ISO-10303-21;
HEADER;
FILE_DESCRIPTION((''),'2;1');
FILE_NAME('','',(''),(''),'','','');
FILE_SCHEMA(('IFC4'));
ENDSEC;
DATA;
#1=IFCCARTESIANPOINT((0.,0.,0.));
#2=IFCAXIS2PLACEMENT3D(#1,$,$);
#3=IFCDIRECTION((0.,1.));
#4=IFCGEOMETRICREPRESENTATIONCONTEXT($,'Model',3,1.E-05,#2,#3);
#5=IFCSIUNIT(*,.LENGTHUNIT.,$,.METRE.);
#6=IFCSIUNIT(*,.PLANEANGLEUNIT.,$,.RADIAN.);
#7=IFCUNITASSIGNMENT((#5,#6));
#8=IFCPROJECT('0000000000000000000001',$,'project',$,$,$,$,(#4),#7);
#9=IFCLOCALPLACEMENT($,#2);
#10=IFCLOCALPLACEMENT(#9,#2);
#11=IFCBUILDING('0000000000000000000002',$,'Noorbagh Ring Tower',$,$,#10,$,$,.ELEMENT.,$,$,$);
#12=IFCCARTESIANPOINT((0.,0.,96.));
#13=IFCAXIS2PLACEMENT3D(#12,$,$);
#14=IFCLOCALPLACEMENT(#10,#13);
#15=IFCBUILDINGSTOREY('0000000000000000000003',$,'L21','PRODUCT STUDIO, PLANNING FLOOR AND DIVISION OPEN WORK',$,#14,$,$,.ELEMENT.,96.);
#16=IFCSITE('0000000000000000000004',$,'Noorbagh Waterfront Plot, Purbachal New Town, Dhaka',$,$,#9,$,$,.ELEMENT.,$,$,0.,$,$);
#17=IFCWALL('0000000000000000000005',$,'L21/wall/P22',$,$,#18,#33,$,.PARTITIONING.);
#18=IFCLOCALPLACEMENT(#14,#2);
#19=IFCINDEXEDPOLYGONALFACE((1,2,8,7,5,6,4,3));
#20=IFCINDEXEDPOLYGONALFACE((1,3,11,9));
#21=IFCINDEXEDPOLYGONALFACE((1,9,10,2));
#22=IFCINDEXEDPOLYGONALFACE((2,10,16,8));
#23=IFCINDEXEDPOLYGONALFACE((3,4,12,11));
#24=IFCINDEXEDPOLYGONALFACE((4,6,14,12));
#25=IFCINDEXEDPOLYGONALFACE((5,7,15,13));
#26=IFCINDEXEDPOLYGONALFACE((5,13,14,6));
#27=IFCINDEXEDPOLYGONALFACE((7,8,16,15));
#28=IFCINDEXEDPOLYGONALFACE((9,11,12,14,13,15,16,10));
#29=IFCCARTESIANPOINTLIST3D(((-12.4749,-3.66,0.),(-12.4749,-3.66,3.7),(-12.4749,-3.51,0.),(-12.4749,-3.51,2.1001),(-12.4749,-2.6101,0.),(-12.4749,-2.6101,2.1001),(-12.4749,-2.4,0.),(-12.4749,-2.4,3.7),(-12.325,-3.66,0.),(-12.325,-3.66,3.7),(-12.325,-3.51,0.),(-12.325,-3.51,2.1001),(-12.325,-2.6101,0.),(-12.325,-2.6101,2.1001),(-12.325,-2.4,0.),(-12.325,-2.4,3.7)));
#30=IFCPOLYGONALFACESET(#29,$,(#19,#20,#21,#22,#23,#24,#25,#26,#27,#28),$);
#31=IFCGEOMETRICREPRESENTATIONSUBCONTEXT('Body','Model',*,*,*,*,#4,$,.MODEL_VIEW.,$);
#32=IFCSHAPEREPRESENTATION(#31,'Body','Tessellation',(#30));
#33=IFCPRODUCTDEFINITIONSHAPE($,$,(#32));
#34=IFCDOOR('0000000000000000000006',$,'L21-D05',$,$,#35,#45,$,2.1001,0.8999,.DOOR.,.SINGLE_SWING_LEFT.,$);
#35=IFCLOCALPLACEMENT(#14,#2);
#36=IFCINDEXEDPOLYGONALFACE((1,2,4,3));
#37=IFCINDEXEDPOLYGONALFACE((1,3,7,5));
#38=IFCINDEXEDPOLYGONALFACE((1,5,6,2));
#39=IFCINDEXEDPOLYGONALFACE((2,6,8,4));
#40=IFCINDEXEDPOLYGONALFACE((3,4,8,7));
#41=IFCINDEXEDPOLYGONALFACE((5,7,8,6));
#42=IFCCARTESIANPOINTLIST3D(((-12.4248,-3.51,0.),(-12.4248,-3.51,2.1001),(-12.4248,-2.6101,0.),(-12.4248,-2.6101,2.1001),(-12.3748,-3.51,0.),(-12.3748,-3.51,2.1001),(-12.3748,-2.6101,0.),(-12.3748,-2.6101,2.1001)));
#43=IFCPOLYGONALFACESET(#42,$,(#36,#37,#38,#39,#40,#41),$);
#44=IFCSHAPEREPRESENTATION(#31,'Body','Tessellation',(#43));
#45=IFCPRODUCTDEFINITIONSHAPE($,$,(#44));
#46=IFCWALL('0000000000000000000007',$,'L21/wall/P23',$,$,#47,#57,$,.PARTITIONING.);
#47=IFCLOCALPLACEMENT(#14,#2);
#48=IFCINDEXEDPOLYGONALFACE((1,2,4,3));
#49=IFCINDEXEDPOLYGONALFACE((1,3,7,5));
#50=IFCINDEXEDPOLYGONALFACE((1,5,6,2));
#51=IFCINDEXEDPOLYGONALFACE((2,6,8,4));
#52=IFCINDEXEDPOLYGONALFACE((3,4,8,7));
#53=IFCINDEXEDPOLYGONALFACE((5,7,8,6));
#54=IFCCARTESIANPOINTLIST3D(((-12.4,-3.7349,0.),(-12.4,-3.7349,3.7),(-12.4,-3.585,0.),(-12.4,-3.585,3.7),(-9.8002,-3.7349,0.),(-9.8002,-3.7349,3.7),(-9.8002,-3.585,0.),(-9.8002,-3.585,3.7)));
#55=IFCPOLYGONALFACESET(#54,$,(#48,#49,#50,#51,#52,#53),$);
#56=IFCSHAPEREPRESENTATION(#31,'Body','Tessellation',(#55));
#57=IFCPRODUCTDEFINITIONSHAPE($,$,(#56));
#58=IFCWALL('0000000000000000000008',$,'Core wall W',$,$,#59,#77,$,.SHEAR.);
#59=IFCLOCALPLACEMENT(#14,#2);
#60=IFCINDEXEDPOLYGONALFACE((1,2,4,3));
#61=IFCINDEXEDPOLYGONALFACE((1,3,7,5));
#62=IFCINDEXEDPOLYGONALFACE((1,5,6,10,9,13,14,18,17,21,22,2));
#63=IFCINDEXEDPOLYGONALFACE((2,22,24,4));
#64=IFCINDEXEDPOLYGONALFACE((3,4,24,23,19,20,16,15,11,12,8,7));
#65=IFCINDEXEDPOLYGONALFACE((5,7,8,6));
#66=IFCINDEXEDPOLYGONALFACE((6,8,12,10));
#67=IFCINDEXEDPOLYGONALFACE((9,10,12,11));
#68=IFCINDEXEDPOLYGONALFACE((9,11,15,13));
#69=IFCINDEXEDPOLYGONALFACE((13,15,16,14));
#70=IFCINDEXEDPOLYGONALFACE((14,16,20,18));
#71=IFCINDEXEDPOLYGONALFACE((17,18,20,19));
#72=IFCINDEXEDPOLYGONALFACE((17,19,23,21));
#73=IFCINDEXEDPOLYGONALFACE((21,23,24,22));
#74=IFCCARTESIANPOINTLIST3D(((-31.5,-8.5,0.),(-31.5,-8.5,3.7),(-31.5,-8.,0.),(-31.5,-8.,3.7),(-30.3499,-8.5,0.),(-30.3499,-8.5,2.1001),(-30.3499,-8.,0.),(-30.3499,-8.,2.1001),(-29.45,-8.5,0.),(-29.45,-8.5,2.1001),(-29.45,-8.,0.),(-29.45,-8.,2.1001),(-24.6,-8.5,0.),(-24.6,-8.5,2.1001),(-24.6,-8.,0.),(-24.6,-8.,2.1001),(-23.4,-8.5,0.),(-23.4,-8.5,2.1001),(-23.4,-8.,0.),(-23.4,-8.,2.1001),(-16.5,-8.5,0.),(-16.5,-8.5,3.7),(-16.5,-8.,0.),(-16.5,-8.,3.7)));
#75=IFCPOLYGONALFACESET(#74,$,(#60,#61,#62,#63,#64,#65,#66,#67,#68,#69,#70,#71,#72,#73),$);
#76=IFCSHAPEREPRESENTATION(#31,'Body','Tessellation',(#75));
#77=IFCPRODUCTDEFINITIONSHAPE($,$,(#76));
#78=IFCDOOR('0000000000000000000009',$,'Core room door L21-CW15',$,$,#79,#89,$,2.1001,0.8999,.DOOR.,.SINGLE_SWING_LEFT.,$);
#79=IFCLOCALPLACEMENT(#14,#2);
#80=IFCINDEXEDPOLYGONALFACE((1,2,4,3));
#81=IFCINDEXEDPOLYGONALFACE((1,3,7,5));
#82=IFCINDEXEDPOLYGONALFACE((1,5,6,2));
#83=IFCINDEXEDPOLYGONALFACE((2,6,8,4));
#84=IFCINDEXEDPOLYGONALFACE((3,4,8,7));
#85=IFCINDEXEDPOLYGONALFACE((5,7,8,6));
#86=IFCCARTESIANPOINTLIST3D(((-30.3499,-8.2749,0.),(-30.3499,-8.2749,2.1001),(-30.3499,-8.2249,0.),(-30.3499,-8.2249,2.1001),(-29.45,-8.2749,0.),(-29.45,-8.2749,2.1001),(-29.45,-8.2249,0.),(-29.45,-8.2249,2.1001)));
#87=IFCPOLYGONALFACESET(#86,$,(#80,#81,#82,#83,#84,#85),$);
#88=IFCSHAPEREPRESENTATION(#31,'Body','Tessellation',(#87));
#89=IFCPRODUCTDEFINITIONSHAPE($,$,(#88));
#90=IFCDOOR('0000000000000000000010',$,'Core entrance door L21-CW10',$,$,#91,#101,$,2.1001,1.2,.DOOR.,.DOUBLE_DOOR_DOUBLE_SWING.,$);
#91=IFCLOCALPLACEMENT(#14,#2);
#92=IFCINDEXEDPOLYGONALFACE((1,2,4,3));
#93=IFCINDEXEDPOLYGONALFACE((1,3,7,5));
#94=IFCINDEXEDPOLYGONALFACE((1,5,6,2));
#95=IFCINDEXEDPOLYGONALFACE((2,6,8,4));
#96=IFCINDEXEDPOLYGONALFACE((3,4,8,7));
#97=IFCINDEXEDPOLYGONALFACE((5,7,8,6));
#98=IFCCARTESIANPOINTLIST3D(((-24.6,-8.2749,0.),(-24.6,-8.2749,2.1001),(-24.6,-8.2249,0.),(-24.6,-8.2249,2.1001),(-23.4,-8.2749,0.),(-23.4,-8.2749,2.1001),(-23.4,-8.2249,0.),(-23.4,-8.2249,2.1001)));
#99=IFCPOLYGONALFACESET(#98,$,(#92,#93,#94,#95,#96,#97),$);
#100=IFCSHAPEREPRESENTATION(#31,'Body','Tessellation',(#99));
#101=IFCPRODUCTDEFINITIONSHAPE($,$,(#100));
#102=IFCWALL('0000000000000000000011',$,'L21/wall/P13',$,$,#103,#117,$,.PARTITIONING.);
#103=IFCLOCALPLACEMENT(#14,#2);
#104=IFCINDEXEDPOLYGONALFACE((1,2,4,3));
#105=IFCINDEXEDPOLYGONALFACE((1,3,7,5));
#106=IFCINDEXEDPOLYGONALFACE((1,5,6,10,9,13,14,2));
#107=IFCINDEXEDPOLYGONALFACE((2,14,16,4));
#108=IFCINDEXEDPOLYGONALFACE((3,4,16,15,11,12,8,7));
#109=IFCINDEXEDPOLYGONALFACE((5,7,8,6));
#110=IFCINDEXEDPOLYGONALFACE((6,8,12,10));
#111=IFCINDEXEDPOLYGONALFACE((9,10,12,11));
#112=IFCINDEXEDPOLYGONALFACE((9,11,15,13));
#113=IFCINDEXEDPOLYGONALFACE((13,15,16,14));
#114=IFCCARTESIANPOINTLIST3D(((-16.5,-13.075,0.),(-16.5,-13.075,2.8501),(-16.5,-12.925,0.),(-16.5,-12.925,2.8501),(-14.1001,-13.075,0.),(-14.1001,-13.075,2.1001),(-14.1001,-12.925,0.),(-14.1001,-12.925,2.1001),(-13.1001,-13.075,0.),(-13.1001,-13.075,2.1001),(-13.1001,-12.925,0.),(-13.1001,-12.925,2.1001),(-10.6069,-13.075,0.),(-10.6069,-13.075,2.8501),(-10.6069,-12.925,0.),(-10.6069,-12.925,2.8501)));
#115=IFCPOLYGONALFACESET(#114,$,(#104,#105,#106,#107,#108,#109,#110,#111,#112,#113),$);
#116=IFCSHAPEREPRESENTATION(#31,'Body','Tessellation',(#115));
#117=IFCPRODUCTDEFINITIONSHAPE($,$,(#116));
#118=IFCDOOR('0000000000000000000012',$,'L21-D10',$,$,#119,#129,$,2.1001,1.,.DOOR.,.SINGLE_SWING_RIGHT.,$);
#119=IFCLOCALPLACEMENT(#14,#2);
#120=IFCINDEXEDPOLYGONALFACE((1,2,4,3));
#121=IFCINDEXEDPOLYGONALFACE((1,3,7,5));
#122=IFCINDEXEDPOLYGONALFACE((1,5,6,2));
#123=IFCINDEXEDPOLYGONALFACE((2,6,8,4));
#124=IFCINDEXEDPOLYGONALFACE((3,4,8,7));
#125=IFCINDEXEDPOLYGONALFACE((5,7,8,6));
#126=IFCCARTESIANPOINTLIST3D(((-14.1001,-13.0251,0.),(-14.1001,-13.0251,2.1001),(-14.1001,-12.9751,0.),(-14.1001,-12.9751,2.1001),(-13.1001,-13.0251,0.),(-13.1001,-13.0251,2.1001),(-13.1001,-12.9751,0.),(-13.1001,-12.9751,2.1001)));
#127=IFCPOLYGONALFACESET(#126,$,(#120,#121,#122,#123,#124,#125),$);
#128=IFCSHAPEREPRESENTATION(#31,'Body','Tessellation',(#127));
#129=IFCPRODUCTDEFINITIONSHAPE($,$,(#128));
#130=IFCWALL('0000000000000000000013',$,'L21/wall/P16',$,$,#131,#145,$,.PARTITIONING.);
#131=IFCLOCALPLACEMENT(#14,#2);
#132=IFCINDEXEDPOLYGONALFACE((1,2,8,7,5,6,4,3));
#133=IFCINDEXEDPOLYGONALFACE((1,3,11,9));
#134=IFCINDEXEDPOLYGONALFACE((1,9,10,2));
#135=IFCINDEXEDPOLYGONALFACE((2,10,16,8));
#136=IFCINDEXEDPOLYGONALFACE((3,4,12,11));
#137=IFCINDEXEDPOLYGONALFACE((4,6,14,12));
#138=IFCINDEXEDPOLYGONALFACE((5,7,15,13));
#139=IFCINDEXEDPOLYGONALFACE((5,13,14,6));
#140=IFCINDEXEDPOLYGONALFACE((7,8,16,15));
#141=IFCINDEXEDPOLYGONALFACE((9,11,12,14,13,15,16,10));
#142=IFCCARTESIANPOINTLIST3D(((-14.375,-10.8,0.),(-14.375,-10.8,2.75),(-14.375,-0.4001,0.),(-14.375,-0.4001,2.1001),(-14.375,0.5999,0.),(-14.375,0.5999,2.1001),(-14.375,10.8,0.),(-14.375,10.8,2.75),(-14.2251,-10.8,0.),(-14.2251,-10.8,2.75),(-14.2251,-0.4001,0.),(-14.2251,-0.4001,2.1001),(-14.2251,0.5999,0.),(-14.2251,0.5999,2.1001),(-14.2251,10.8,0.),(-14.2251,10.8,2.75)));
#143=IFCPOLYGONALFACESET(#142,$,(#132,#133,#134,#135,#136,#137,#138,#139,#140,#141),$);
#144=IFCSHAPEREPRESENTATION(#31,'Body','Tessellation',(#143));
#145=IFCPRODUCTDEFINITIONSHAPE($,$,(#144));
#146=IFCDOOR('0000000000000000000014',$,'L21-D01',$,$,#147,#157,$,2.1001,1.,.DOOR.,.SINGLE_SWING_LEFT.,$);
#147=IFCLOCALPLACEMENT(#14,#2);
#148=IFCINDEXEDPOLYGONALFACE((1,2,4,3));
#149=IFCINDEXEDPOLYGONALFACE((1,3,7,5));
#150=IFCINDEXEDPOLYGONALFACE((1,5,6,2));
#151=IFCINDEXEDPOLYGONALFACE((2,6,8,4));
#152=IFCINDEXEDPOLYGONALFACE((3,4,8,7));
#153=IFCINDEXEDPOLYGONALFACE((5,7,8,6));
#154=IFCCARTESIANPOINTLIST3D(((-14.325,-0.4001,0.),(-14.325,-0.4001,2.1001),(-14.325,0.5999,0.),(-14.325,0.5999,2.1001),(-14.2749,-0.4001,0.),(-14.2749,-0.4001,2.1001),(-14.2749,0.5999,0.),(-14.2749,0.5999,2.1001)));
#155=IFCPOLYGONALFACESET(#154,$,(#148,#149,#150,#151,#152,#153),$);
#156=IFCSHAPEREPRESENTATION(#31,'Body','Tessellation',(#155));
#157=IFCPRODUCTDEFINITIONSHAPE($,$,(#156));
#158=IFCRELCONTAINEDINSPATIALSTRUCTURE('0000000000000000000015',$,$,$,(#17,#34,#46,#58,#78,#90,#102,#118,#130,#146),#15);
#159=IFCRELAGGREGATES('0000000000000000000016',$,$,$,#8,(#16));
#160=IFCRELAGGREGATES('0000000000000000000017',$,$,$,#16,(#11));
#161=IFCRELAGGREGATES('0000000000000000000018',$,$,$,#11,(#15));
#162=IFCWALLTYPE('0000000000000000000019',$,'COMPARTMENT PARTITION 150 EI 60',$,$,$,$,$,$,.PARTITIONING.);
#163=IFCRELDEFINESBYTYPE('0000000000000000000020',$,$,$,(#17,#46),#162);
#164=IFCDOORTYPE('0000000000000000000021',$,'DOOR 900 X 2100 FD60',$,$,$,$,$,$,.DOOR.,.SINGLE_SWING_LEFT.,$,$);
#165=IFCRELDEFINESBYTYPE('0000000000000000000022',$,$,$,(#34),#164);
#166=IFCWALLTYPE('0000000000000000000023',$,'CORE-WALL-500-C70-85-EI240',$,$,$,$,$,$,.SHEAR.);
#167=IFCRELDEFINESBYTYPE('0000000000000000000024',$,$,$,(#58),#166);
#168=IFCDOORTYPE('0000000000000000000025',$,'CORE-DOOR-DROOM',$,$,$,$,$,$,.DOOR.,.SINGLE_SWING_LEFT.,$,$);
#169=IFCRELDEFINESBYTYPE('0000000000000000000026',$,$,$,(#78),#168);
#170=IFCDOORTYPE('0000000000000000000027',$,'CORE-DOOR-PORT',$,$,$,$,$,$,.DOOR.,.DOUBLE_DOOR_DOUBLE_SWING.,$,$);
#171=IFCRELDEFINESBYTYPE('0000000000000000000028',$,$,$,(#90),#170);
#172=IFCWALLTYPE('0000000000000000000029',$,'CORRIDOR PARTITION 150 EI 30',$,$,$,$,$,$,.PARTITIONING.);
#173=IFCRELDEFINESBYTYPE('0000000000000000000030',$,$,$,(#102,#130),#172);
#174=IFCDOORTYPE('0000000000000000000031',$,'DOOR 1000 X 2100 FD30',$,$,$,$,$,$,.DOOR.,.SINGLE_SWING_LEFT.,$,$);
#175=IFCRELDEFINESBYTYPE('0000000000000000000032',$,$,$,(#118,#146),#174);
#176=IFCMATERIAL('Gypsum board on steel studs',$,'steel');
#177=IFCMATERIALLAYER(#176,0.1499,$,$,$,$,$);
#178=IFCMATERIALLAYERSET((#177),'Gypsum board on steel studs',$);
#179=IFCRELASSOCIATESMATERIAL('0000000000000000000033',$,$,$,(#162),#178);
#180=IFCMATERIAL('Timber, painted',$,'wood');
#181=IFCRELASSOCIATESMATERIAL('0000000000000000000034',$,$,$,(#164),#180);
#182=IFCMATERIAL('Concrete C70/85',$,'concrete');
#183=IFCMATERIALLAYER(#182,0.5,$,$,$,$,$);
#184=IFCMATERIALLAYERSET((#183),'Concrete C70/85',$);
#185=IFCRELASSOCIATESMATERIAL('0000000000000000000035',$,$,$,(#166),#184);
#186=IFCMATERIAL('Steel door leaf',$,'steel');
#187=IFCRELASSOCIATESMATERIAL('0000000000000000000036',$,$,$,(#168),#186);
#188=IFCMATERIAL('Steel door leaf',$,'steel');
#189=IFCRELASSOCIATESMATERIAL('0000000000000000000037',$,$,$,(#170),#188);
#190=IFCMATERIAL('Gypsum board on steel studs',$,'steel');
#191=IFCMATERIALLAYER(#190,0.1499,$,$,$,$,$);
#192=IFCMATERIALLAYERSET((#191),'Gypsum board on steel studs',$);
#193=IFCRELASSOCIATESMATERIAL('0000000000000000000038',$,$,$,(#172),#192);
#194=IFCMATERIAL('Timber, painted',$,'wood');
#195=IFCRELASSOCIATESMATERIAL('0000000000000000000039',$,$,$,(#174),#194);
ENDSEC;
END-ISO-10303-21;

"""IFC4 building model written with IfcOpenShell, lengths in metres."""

from ifc_helpers import new_model, si_unit, direction, frame, frame_2d, origin, place, context, subcontext, project, spatial, rectangle, extrude, material, layer, layer_set, type_object, element, fill, save


model = new_model("IFC4")

# Units and contexts
model_context = context("Model", 3, precision=1e-05, world=origin(), true_north=direction((0.0, 1.0)))
body_context = subcontext(model_context, "Body", "Model", "MODEL_VIEW")
ifc_project = project(units=[si_unit("LENGTHUNIT", "METRE"), si_unit("PLANEANGLEUNIT", "RADIAN")], contexts=[model_context])

# Site, building, storey
site_placement = place(None, origin())
site = spatial("IfcSite", under=ifc_project, at=site_placement, Name="Noorbagh Waterfront Plot, Purbachal New Town, Dhaka", CompositionType="ELEMENT", RefElevation=0.0)
building_placement = place(site_placement, origin())
building = spatial("IfcBuilding", under=site, at=building_placement, Name="Noorbagh Ring Tower", CompositionType="ELEMENT")
storey_placement = place(building_placement, frame((0.0, 0.0, 96.0)))
storey = spatial("IfcBuildingStorey", under=building, at=storey_placement, Name="L21", Description="PRODUCT STUDIO, PLANNING FLOOR AND DIVISION OPEN WORK", CompositionType="ELEMENT", Elevation=96.0)

# Wall, opening, door
ifc_material_1 = material(Name="Gypsum board on steel studs", Category="steel")
ifc_layer_1 = layer(ifc_material_1, 0.1499)
ifc_layer_set_1 = layer_set([ifc_layer_1], Name="Gypsum board on steel studs")
wall_type_1 = type_object("IfcWallType", Name="COMPARTMENT PARTITION 150 EI 60", PredefinedType="PARTITIONING", material=ifc_layer_set_1)
wall_1_placement = place(storey_placement, frame((-12.3999, -3.6599, 0.0), z_axis=(0.0, 0.0, 1.0), x_axis=(0.0, 1.0, 0.0)))
wall_1 = element("IfcWall", 1, at=wall_1_placement, inside=storey, type_object=wall_type_1, Name="L21/wall/P22", PredefinedType="PARTITIONING", context=body_context, shape_type="SweptSolid", body=[
    extrude(rectangle(XDim=1.26, YDim=0.1499, at=frame_2d((0.6299, 0.0))), origin(), (0.0, 0.0, 1.0), 3.7),
])
opening_1_placement = place(wall_1_placement, frame((0.1499, 0.0, 0.0)))
opening_1 = element("IfcOpeningElement", 2, at=opening_1_placement, cuts=wall_1, PredefinedType="OPENING", context=body_context, shape_type="SweptSolid", body=[
    extrude(rectangle(XDim=0.8999, YDim=2.1001, at=frame_2d((0.45, 1.05))), frame((0.0, 0.085, 0.0), z_axis=(0.0, -1.0, 0.0), x_axis=(1.0, 0.0, 0.0)), (0.0, 0.0, 1.0), 0.1699),
])
ifc_material_2 = material(Name="Timber, painted", Category="wood")
door_type_1 = type_object("IfcDoorType", Name="DOOR 900 X 2100 FD60", OperationType="SINGLE_SWING_LEFT", PredefinedType="DOOR", material=ifc_material_2)
door_1_placement = place(opening_1_placement, origin())
door_1 = element("IfcDoor", 3, at=door_1_placement, inside=storey, type_object=door_type_1, Name="L21-D05", OperationType="SINGLE_SWING_LEFT", OverallHeight=2.1001, OverallWidth=0.8999, PredefinedType="DOOR", context=body_context, shape_type="SweptSolid", body=[
    extrude(rectangle(XDim=0.8999, YDim=2.1001, at=frame_2d((0.45, 1.05))), frame((0.0, 0.0249, 0.0), z_axis=(0.0, -1.0, 0.0), x_axis=(1.0, 0.0, 0.0)), (0.0, 0.0, 1.0), 0.05),
])
fill(opening_1, door_1)

# Wall
wall_2_placement = place(storey_placement, frame((-12.3999, -3.6599, 0.0), z_axis=(0.0, 0.0, 1.0), x_axis=(1.0, 0.0, 0.0)))
element("IfcWall", 4, at=wall_2_placement, inside=storey, type_object=wall_type_1, Name="L21/wall/P23", PredefinedType="PARTITIONING", context=body_context, shape_type="SweptSolid", body=[
    extrude(rectangle(XDim=2.5999, YDim=0.1499, at=frame_2d((1.2998, 0.0))), origin(), (0.0, 0.0, 1.0), 3.7),
])

# Wall, openings, doors
ifc_material_3 = material(Name="Concrete C70/85", Category="concrete")
ifc_layer_2 = layer(ifc_material_3, 0.5)
ifc_layer_set_2 = layer_set([ifc_layer_2], Name="Concrete C70/85")
wall_type_2 = type_object("IfcWallType", Name="CORE-WALL-500-C70-85-EI240", PredefinedType="SHEAR", material=ifc_layer_set_2)
wall_3_placement = place(storey_placement, frame((-16.5, -8.25, 0.0), z_axis=(0.0, 0.0, 1.0), x_axis=(-1.0, 0.0, 0.0)))
wall_3 = element("IfcWall", 5, at=wall_3_placement, inside=storey, type_object=wall_type_2, Name="Core wall W", PredefinedType="SHEAR", context=body_context, shape_type="SweptSolid", body=[
    extrude(rectangle(XDim=15.0, YDim=0.5, at=frame_2d((7.5, 0.0))), origin(), (0.0, 0.0, 1.0), 3.7),
])
opening_2_placement = place(wall_3_placement, frame((6.8999, 0.0, 0.0)))
opening_2 = element("IfcOpeningElement", 6, at=opening_2_placement, cuts=wall_3, PredefinedType="OPENING", context=body_context, shape_type="SweptSolid", body=[
    extrude(rectangle(XDim=1.2, YDim=2.1001, at=frame_2d((0.6001, 1.05))), frame((0.0, 0.26, 0.0), z_axis=(0.0, -1.0, 0.0), x_axis=(1.0, 0.0, 0.0)), (0.0, 0.0, 1.0), 0.52),
])
opening_3_placement = place(wall_3_placement, frame((12.95, 0.0, 0.0)))
opening_3 = element("IfcOpeningElement", 7, at=opening_3_placement, cuts=wall_3, PredefinedType="OPENING", context=body_context, shape_type="SweptSolid", body=[
    extrude(rectangle(XDim=0.8999, YDim=2.1001, at=frame_2d((0.45, 1.05))), frame((0.0, 0.26, 0.0), z_axis=(0.0, -1.0, 0.0), x_axis=(1.0, 0.0, 0.0)), (0.0, 0.0, 1.0), 0.52),
])
ifc_material_4 = material(Name="Steel door leaf", Category="steel")
door_type_2 = type_object("IfcDoorType", Name="CORE-DOOR-DROOM", OperationType="SINGLE_SWING_LEFT", PredefinedType="DOOR", material=ifc_material_4)
door_2_placement = place(opening_3_placement, origin())
door_2 = element("IfcDoor", 8, at=door_2_placement, inside=storey, type_object=door_type_2, Name="Core room door L21-CW15", OperationType="SINGLE_SWING_LEFT", OverallHeight=2.1001, OverallWidth=0.8999, PredefinedType="DOOR", context=body_context, shape_type="SweptSolid", body=[
    extrude(rectangle(XDim=0.8999, YDim=2.1001, at=frame_2d((0.45, 1.05))), frame((0.0, 0.0249, 0.0), z_axis=(0.0, -1.0, 0.0), x_axis=(1.0, 0.0, 0.0)), (0.0, 0.0, 1.0), 0.05),
])
fill(opening_3, door_2)
ifc_material_5 = material(Name="Steel door leaf", Category="steel")
door_type_3 = type_object("IfcDoorType", Name="CORE-DOOR-PORT", OperationType="DOUBLE_DOOR_DOUBLE_SWING", PredefinedType="DOOR", material=ifc_material_5)
door_3_placement = place(opening_2_placement, origin())
door_3 = element("IfcDoor", 9, at=door_3_placement, inside=storey, type_object=door_type_3, Name="Core entrance door L21-CW10", OperationType="DOUBLE_DOOR_DOUBLE_SWING", OverallHeight=2.1001, OverallWidth=1.2, PredefinedType="DOOR", context=body_context, shape_type="SweptSolid", body=[
    extrude(rectangle(XDim=1.2, YDim=2.1001, at=frame_2d((0.6001, 1.05))), frame((0.0, 0.0249, 0.0), z_axis=(0.0, -1.0, 0.0), x_axis=(1.0, 0.0, 0.0)), (0.0, 0.0, 1.0), 0.05),
])
fill(opening_2, door_3)

# Walls, openings, doors
ifc_material_6 = material(Name="Gypsum board on steel studs", Category="steel")
ifc_layer_3 = layer(ifc_material_6, 0.1499)
ifc_layer_set_3 = layer_set([ifc_layer_3], Name="Gypsum board on steel studs")
wall_type_3 = type_object("IfcWallType", Name="CORRIDOR PARTITION 150 EI 30", PredefinedType="PARTITIONING", material=ifc_layer_set_3)
wall_4_placement = place(storey_placement, frame((-16.5, -13.0, 0.0), z_axis=(0.0, 0.0, 1.0), x_axis=(1.0, 0.0, 0.0)))
wall_4 = element("IfcWall", 10, at=wall_4_placement, inside=storey, type_object=wall_type_3, Name="L21/wall/P13", PredefinedType="PARTITIONING", context=body_context, shape_type="SweptSolid", body=[
    extrude(rectangle(XDim=5.8931, YDim=0.1499, at=frame_2d((2.9465, 0.0))), origin(), (0.0, 0.0, 1.0), 2.8501),
])
opening_4_placement = place(wall_4_placement, frame((2.3999, 0.0, 0.0)))
opening_4 = element("IfcOpeningElement", 11, at=opening_4_placement, cuts=wall_4, PredefinedType="OPENING", context=body_context, shape_type="SweptSolid", body=[
    extrude(rectangle(XDim=1.0, YDim=2.1001, at=frame_2d((0.5, 1.05))), frame((0.0, 0.085, 0.0), z_axis=(0.0, -1.0, 0.0), x_axis=(1.0, 0.0, 0.0)), (0.0, 0.0, 1.0), 0.1699),
])
ifc_material_7 = material(Name="Timber, painted", Category="wood")
door_type_4 = type_object("IfcDoorType", Name="DOOR 1000 X 2100 FD30", OperationType="SINGLE_SWING_LEFT", PredefinedType="DOOR", material=ifc_material_7)
door_4_placement = place(opening_4_placement, origin())
door_4 = element("IfcDoor", 12, at=door_4_placement, inside=storey, type_object=door_type_4, Name="L21-D10", OperationType="SINGLE_SWING_RIGHT", OverallHeight=2.1001, OverallWidth=1.0, PredefinedType="DOOR", context=body_context, shape_type="SweptSolid", body=[
    extrude(rectangle(XDim=1.0, YDim=2.1001, at=frame_2d((0.5, 1.05))), frame((0.0, 0.0249, 0.0), z_axis=(0.0, -1.0, 0.0), x_axis=(1.0, 0.0, 0.0)), (0.0, 0.0, 1.0), 0.05),
])
fill(opening_4, door_4)
wall_5_placement = place(storey_placement, frame((-14.3, -10.8, 0.0), z_axis=(0.0, 0.0, 1.0), x_axis=(0.0, 1.0, 0.0)))
wall_5 = element("IfcWall", 13, at=wall_5_placement, inside=storey, type_object=wall_type_3, Name="L21/wall/P16", PredefinedType="PARTITIONING", context=body_context, shape_type="SweptSolid", body=[
    extrude(rectangle(XDim=21.6001, YDim=0.1499, at=frame_2d((10.8, 0.0))), origin(), (0.0, 0.0, 1.0), 2.75),
])
opening_5_placement = place(wall_5_placement, frame((10.3999, 0.0, 0.0)))
opening_5 = element("IfcOpeningElement", 14, at=opening_5_placement, cuts=wall_5, PredefinedType="OPENING", context=body_context, shape_type="SweptSolid", body=[
    extrude(rectangle(XDim=1.0, YDim=2.1001, at=frame_2d((0.5, 1.05))), frame((0.0, 0.085, 0.0), z_axis=(0.0, -1.0, 0.0), x_axis=(1.0, 0.0, 0.0)), (0.0, 0.0, 1.0), 0.1699),
])
door_5_placement = place(opening_5_placement, origin())
door_5 = element("IfcDoor", 15, at=door_5_placement, inside=storey, type_object=door_type_4, Name="L21-D01", OperationType="SINGLE_SWING_LEFT", OverallHeight=2.1001, OverallWidth=1.0, PredefinedType="DOOR", context=body_context, shape_type="SweptSolid", body=[
    extrude(rectangle(XDim=1.0, YDim=2.1001, at=frame_2d((0.5, 1.05))), frame((0.0, 0.0249, 0.0), z_axis=(0.0, -1.0, 0.0), x_axis=(1.0, 0.0, 0.0)), (0.0, 0.0, 1.0), 0.05),
])
fill(opening_5, door_5)

save(model, "model.ifc")
